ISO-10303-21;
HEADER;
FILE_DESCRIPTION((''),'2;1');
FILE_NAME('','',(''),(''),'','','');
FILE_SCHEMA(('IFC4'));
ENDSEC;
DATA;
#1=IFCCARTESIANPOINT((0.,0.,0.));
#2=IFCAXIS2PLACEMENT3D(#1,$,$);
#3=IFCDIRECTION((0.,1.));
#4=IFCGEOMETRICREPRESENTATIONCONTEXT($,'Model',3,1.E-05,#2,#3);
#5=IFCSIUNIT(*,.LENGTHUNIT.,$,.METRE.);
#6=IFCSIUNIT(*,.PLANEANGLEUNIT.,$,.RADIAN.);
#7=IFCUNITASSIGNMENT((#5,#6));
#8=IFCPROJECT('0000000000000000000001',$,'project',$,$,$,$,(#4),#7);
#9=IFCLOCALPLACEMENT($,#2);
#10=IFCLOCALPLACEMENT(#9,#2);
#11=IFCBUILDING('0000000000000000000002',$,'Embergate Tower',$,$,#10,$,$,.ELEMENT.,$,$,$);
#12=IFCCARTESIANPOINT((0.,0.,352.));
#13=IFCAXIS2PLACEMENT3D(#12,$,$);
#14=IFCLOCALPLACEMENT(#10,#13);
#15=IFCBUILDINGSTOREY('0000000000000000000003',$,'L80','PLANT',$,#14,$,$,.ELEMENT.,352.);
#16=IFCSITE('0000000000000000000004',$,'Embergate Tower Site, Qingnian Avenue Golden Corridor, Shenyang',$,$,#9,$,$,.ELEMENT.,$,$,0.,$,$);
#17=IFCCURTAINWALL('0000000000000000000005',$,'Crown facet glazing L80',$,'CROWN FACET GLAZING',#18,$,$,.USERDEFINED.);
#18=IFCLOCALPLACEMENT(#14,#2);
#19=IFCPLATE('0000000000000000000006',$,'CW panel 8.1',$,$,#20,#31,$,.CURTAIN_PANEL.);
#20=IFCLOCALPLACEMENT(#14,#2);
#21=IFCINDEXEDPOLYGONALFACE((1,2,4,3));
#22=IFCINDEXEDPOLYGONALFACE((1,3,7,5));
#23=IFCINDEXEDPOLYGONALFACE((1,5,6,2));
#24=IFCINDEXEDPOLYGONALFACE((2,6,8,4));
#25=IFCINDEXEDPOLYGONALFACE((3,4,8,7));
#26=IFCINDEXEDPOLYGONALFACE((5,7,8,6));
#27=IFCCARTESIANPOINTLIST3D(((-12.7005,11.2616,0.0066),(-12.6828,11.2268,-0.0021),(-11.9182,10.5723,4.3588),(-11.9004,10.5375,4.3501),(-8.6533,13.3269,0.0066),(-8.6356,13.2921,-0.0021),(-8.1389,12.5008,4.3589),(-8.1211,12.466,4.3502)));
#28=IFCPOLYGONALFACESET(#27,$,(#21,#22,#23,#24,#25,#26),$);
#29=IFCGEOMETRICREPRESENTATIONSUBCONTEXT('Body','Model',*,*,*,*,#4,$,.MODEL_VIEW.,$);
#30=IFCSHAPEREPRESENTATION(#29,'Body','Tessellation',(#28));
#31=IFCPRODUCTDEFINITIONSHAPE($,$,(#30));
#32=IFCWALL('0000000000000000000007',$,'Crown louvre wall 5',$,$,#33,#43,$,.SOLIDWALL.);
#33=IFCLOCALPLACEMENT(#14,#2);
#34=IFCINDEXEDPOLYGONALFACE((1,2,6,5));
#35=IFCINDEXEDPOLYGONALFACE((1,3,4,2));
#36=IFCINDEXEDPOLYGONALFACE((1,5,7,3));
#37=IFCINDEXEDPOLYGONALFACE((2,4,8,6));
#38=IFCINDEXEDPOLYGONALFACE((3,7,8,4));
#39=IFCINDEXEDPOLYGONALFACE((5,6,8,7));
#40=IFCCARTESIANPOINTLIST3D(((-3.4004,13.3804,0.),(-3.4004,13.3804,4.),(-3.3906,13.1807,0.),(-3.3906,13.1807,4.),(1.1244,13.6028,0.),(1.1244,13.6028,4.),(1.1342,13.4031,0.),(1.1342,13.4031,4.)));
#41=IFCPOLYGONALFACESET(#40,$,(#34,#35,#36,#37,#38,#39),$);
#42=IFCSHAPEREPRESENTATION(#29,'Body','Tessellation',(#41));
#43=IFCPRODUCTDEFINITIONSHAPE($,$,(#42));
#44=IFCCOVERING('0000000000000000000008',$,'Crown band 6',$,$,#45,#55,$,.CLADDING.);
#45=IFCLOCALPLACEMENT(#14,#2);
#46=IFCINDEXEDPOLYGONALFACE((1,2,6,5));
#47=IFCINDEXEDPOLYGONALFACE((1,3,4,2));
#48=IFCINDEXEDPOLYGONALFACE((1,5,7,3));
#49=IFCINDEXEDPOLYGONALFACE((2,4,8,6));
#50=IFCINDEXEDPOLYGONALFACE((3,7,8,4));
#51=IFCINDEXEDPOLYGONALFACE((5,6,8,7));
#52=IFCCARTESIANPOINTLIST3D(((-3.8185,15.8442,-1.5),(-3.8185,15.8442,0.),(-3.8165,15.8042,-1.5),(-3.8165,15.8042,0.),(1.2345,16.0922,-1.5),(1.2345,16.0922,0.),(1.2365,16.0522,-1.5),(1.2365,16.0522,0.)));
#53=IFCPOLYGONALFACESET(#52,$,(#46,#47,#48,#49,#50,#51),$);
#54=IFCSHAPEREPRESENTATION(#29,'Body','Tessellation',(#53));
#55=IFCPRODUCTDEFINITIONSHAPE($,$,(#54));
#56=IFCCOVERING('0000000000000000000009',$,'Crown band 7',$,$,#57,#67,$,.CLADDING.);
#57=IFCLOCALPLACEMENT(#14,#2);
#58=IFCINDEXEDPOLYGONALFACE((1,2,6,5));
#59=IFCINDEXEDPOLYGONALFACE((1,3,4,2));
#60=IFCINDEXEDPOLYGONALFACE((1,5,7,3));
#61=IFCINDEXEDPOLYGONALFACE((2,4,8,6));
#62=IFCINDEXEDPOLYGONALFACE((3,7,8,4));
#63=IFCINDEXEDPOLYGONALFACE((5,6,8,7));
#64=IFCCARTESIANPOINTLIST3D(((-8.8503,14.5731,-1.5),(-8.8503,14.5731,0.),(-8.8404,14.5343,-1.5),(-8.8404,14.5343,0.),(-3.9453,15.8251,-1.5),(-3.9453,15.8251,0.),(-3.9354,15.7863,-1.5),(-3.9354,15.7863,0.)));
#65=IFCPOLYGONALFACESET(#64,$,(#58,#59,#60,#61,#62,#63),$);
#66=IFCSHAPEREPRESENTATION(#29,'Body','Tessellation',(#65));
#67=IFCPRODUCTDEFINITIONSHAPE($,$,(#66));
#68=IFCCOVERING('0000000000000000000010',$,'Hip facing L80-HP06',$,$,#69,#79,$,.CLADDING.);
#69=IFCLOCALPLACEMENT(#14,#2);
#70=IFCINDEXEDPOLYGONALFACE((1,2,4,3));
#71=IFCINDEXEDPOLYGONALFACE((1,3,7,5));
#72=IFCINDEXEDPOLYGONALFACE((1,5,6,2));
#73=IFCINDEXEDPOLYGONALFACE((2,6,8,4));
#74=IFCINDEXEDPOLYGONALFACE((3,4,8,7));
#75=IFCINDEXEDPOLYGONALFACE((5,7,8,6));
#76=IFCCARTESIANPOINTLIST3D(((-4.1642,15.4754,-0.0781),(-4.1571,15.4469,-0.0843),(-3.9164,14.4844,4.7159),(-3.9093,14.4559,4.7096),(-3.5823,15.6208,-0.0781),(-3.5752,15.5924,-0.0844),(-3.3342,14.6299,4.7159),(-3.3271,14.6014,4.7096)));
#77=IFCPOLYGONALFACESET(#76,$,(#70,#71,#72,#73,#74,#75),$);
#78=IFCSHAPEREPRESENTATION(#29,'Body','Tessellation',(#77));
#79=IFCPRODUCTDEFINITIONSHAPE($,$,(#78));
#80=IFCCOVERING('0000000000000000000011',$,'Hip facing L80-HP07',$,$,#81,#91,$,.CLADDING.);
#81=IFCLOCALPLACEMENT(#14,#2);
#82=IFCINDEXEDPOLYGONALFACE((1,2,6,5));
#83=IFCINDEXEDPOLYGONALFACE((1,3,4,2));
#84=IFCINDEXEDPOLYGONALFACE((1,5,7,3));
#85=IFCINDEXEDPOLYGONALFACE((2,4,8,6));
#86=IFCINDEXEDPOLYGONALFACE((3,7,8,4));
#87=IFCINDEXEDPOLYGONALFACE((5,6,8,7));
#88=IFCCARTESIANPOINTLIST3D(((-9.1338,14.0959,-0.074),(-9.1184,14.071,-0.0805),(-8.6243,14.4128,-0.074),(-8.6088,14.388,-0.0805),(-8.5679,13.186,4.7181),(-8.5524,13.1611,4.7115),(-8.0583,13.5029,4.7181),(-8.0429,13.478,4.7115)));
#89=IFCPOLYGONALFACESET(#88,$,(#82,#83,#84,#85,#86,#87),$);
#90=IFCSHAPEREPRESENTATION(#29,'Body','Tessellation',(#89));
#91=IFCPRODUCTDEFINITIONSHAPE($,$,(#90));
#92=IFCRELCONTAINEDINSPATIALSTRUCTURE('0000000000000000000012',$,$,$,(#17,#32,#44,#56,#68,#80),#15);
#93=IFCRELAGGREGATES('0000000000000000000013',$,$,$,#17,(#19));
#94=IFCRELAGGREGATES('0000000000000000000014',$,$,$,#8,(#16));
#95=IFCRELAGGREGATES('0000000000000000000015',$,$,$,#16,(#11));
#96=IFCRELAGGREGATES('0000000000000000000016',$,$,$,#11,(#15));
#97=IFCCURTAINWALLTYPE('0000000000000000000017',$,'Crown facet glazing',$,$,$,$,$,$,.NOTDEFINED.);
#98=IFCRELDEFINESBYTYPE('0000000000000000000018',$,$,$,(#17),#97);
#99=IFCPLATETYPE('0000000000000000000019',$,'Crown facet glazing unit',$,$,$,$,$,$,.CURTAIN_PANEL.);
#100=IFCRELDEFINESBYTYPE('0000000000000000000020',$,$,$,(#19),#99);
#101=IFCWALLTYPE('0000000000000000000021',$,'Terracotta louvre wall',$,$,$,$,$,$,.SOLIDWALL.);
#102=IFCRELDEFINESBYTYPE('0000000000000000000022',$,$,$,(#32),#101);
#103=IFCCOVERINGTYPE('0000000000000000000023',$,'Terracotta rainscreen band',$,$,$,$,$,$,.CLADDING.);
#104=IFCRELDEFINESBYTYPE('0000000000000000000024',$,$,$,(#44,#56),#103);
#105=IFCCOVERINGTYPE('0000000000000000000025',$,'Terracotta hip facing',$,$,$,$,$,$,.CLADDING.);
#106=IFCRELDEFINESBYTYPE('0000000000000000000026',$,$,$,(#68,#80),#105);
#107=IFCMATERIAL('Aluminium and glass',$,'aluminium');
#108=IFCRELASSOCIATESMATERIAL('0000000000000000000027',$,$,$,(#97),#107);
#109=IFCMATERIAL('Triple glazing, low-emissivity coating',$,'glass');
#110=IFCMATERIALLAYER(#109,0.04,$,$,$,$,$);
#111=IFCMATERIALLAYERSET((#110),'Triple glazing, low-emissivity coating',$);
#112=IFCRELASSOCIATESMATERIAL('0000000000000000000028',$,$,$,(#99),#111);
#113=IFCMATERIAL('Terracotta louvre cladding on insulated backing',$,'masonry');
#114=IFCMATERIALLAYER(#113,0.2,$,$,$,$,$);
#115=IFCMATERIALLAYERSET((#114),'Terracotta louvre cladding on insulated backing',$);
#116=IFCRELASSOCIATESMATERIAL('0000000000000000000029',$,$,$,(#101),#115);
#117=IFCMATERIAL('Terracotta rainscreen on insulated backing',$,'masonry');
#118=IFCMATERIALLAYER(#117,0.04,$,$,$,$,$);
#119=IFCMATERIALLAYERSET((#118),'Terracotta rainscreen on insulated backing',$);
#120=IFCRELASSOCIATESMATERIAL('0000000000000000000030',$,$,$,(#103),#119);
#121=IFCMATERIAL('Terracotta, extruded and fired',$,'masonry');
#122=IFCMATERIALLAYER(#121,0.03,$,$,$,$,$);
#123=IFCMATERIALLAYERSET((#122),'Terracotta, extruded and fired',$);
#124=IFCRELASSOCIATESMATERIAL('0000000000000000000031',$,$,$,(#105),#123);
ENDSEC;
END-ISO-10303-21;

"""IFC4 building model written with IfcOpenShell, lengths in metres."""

from ifc_helpers import new_model, si_unit, direction, frame, frame_2d, origin, origin_2d, place, context, subcontext, project, spatial, polyline, rectangle, outline, extrude, source, transform, mapped, material, layer, layer_set, type_object, element, aggregate, save


model = new_model("IFC4")

# Units and contexts
model_context = context("Model", 3, precision=1e-05, world=origin(), true_north=direction((0.0, 1.0)))
body_context = subcontext(model_context, "Body", "Model", "MODEL_VIEW")
ifc_project = project(units=[si_unit("LENGTHUNIT", "METRE"), si_unit("PLANEANGLEUNIT", "RADIAN")], contexts=[model_context])

# Site, building, storey
site_placement = place(None, origin())
site = spatial("IfcSite", under=ifc_project, at=site_placement, Name="Embergate Tower Site, Qingnian Avenue Golden Corridor, Shenyang", CompositionType="ELEMENT", RefElevation=0.0)
building_placement = place(site_placement, origin())
building = spatial("IfcBuilding", under=site, at=building_placement, Name="Embergate Tower", CompositionType="ELEMENT")
storey_placement = place(building_placement, frame((0.0, 0.0, 352.0)))
storey = spatial("IfcBuildingStorey", under=building, at=storey_placement, Name="L80", Description="PLANT", CompositionType="ELEMENT", Elevation=352.0)

# Curtain wall, plate
ifc_material_1 = material(Name="Aluminium and glass", Category="aluminium")
curtain_wall_type = type_object("IfcCurtainWallType", Name="Crown facet glazing", PredefinedType="NOTDEFINED", material=ifc_material_1)
curtain_wall_placement = place(storey_placement, origin())
curtain_wall = element("IfcCurtainWall", 1, at=curtain_wall_placement, inside=storey, type_object=curtain_wall_type, Name="Crown facet glazing L80", ObjectType="CROWN FACET GLAZING", PredefinedType="USERDEFINED")
ifc_material_2 = material(Name="Triple glazing, low-emissivity coating", Category="glass")
ifc_layer_1 = layer(ifc_material_2, 0.04)
ifc_layer_set_1 = layer_set([ifc_layer_1], Name="Triple glazing, low-emissivity coating")
plate_type = type_object("IfcPlateType", Name="Crown facet glazing unit", PredefinedType="CURTAIN_PANEL", material=ifc_layer_set_1)
shared_shape_1 = source(origin(), body_context, "Body", "SweptSolid", [
    extrude(outline(polyline([(0.0, 0.0), (4.5437, 0.0), (4.1602, 4.459), (-0.0828, 4.459), (0.0, 0.0)])), origin(), (0.0, 0.0, -1.0), 0.04),
])
plate_1_placement = place(storey_placement, frame((-8.6533, 13.3269, 0.0066), z_axis=(-0.443657, 0.869415, 0.217456), x_axis=(-0.89073, -0.454532, -0.000007)))
plate_1 = element("IfcPlate", 2, at=plate_1_placement, type_object=plate_type, Name="CW panel 8.1", PredefinedType="CURTAIN_PANEL", context=body_context, shape_type="MappedRepresentation", body=[
    mapped(shared_shape_1, transform((0.0, 0.0, 0.0))),
])
aggregate(curtain_wall, [plate_1])

# Wall
ifc_material_3 = material(Name="Terracotta louvre cladding on insulated backing", Category="masonry")
ifc_layer_2 = layer(ifc_material_3, 0.2)
ifc_layer_set_2 = layer_set([ifc_layer_2], Name="Terracotta louvre cladding on insulated backing")
wall_type = type_object("IfcWallType", Name="Terracotta louvre wall", PredefinedType="SOLIDWALL", material=ifc_layer_set_2)
shared_shape_2 = source(origin(), body_context, "Body", "SweptSolid", [
    extrude(rectangle(XDim=4.5303, YDim=0.2, at=frame_2d((2.2651, 0.0))), origin(), (0.0, 0.0, 1.0), 4.0),
])
wall_placement = place(storey_placement, frame((-3.3955, 13.2805, 0.0), z_axis=(0.0, 0.0, 1.0), x_axis=(0.998794, 0.049094, 0.0)))
element("IfcWall", 3, at=wall_placement, inside=storey, type_object=wall_type, Name="Crown louvre wall 5", PredefinedType="SOLIDWALL", context=body_context, shape_type="MappedRepresentation", body=[
    mapped(shared_shape_2, transform((0.0, 0.0, 0.0))),
])

# Coverings
ifc_material_4 = material(Name="Terracotta rainscreen on insulated backing", Category="masonry")
ifc_layer_3 = layer(ifc_material_4, 0.04)
ifc_layer_set_3 = layer_set([ifc_layer_3], Name="Terracotta rainscreen on insulated backing")
covering_type_1 = type_object("IfcCoveringType", Name="Terracotta rainscreen band", PredefinedType="CLADDING", material=ifc_layer_set_3)
shared_shape_3 = source(origin(), body_context, "Body", "SweptSolid", [
    extrude(rectangle(XDim=5.0591, YDim=0.04, at=origin_2d()), origin(), (0.0, 0.0, 1.0), 1.5),
])
covering_1_placement = place(storey_placement, frame((-1.291, 15.9482, -1.5), z_axis=(0.0, 0.0, 1.0), x_axis=(-0.998798, -0.049021, 0.0)))
element("IfcCovering", 4, at=covering_1_placement, inside=storey, type_object=covering_type_1, Name="Crown band 6", PredefinedType="CLADDING", context=body_context, shape_type="MappedRepresentation", body=[
    mapped(shared_shape_3, transform((0.0, 0.0, 0.0))),
])
shared_shape_4 = source(origin(), body_context, "Body", "SweptSolid", [
    extrude(rectangle(XDim=5.0623, YDim=0.04, at=origin_2d()), origin(), (0.0, 0.0, 1.0), 1.5),
])
covering_2_placement = place(storey_placement, frame((-6.3928, 15.1797, -1.5), z_axis=(0.0, 0.0, 1.0), x_axis=(-0.968934, -0.24732, 0.0)))
element("IfcCovering", 5, at=covering_2_placement, inside=storey, type_object=covering_type_1, Name="Crown band 7", PredefinedType="CLADDING", context=body_context, shape_type="MappedRepresentation", body=[
    mapped(shared_shape_4, transform((0.0, 0.0, 0.0))),
])
ifc_material_5 = material(Name="Terracotta, extruded and fired", Category="masonry")
ifc_layer_4 = layer(ifc_material_5, 0.03)
ifc_layer_set_4 = layer_set([ifc_layer_4], Name="Terracotta, extruded and fired")
covering_type_2 = type_object("IfcCoveringType", Name="Terracotta hip facing", PredefinedType="CLADDING", material=ifc_layer_set_4)
shared_shape_5 = source(origin(), body_context, "Body", "SweptSolid", [
    extrude(outline(polyline([(0.0, 0.0), (4.9016, 0.0), (4.9016, -0.6001), (0.0, -0.5999), (0.0, 0.0)])), origin(), (0.0, 0.0, -1.0), 0.03),
])
covering_3_placement = place(storey_placement, frame((-3.5823, 15.6208, -0.0781), z_axis=(-0.237163, 0.948853, 0.208405), x_axis=(0.050604, -0.202167, 0.978043)))
element("IfcCovering", 6, at=covering_3_placement, inside=storey, type_object=covering_type_2, Name="Hip facing L80-HP06", PredefinedType="CLADDING", context=body_context, shape_type="MappedRepresentation", body=[
    mapped(shared_shape_5, transform((0.0, 0.0, 0.0))),
])
shared_shape_6 = source(origin(), body_context, "Body", "SweptSolid", [
    extrude(outline(polyline([(0.0, 0.0), (4.9104, 0.0), (4.9104, -0.6001), (0.0, -0.6001), (0.0, 0.0)])), origin(), (0.0, 0.0, -1.0), 0.03),
])
covering_4_placement = place(storey_placement, frame((-8.6243, 14.4128, -0.074), z_axis=(-0.515404, 0.828697, 0.218222), x_axis=(0.11525, -0.185305, 0.975899)))
element("IfcCovering", 7, at=covering_4_placement, inside=storey, type_object=covering_type_2, Name="Hip facing L80-HP07", PredefinedType="CLADDING", context=body_context, shape_type="MappedRepresentation", body=[
    mapped(shared_shape_6, transform((0.0, 0.0, 0.0))),
])

save(model, "model.ifc")
